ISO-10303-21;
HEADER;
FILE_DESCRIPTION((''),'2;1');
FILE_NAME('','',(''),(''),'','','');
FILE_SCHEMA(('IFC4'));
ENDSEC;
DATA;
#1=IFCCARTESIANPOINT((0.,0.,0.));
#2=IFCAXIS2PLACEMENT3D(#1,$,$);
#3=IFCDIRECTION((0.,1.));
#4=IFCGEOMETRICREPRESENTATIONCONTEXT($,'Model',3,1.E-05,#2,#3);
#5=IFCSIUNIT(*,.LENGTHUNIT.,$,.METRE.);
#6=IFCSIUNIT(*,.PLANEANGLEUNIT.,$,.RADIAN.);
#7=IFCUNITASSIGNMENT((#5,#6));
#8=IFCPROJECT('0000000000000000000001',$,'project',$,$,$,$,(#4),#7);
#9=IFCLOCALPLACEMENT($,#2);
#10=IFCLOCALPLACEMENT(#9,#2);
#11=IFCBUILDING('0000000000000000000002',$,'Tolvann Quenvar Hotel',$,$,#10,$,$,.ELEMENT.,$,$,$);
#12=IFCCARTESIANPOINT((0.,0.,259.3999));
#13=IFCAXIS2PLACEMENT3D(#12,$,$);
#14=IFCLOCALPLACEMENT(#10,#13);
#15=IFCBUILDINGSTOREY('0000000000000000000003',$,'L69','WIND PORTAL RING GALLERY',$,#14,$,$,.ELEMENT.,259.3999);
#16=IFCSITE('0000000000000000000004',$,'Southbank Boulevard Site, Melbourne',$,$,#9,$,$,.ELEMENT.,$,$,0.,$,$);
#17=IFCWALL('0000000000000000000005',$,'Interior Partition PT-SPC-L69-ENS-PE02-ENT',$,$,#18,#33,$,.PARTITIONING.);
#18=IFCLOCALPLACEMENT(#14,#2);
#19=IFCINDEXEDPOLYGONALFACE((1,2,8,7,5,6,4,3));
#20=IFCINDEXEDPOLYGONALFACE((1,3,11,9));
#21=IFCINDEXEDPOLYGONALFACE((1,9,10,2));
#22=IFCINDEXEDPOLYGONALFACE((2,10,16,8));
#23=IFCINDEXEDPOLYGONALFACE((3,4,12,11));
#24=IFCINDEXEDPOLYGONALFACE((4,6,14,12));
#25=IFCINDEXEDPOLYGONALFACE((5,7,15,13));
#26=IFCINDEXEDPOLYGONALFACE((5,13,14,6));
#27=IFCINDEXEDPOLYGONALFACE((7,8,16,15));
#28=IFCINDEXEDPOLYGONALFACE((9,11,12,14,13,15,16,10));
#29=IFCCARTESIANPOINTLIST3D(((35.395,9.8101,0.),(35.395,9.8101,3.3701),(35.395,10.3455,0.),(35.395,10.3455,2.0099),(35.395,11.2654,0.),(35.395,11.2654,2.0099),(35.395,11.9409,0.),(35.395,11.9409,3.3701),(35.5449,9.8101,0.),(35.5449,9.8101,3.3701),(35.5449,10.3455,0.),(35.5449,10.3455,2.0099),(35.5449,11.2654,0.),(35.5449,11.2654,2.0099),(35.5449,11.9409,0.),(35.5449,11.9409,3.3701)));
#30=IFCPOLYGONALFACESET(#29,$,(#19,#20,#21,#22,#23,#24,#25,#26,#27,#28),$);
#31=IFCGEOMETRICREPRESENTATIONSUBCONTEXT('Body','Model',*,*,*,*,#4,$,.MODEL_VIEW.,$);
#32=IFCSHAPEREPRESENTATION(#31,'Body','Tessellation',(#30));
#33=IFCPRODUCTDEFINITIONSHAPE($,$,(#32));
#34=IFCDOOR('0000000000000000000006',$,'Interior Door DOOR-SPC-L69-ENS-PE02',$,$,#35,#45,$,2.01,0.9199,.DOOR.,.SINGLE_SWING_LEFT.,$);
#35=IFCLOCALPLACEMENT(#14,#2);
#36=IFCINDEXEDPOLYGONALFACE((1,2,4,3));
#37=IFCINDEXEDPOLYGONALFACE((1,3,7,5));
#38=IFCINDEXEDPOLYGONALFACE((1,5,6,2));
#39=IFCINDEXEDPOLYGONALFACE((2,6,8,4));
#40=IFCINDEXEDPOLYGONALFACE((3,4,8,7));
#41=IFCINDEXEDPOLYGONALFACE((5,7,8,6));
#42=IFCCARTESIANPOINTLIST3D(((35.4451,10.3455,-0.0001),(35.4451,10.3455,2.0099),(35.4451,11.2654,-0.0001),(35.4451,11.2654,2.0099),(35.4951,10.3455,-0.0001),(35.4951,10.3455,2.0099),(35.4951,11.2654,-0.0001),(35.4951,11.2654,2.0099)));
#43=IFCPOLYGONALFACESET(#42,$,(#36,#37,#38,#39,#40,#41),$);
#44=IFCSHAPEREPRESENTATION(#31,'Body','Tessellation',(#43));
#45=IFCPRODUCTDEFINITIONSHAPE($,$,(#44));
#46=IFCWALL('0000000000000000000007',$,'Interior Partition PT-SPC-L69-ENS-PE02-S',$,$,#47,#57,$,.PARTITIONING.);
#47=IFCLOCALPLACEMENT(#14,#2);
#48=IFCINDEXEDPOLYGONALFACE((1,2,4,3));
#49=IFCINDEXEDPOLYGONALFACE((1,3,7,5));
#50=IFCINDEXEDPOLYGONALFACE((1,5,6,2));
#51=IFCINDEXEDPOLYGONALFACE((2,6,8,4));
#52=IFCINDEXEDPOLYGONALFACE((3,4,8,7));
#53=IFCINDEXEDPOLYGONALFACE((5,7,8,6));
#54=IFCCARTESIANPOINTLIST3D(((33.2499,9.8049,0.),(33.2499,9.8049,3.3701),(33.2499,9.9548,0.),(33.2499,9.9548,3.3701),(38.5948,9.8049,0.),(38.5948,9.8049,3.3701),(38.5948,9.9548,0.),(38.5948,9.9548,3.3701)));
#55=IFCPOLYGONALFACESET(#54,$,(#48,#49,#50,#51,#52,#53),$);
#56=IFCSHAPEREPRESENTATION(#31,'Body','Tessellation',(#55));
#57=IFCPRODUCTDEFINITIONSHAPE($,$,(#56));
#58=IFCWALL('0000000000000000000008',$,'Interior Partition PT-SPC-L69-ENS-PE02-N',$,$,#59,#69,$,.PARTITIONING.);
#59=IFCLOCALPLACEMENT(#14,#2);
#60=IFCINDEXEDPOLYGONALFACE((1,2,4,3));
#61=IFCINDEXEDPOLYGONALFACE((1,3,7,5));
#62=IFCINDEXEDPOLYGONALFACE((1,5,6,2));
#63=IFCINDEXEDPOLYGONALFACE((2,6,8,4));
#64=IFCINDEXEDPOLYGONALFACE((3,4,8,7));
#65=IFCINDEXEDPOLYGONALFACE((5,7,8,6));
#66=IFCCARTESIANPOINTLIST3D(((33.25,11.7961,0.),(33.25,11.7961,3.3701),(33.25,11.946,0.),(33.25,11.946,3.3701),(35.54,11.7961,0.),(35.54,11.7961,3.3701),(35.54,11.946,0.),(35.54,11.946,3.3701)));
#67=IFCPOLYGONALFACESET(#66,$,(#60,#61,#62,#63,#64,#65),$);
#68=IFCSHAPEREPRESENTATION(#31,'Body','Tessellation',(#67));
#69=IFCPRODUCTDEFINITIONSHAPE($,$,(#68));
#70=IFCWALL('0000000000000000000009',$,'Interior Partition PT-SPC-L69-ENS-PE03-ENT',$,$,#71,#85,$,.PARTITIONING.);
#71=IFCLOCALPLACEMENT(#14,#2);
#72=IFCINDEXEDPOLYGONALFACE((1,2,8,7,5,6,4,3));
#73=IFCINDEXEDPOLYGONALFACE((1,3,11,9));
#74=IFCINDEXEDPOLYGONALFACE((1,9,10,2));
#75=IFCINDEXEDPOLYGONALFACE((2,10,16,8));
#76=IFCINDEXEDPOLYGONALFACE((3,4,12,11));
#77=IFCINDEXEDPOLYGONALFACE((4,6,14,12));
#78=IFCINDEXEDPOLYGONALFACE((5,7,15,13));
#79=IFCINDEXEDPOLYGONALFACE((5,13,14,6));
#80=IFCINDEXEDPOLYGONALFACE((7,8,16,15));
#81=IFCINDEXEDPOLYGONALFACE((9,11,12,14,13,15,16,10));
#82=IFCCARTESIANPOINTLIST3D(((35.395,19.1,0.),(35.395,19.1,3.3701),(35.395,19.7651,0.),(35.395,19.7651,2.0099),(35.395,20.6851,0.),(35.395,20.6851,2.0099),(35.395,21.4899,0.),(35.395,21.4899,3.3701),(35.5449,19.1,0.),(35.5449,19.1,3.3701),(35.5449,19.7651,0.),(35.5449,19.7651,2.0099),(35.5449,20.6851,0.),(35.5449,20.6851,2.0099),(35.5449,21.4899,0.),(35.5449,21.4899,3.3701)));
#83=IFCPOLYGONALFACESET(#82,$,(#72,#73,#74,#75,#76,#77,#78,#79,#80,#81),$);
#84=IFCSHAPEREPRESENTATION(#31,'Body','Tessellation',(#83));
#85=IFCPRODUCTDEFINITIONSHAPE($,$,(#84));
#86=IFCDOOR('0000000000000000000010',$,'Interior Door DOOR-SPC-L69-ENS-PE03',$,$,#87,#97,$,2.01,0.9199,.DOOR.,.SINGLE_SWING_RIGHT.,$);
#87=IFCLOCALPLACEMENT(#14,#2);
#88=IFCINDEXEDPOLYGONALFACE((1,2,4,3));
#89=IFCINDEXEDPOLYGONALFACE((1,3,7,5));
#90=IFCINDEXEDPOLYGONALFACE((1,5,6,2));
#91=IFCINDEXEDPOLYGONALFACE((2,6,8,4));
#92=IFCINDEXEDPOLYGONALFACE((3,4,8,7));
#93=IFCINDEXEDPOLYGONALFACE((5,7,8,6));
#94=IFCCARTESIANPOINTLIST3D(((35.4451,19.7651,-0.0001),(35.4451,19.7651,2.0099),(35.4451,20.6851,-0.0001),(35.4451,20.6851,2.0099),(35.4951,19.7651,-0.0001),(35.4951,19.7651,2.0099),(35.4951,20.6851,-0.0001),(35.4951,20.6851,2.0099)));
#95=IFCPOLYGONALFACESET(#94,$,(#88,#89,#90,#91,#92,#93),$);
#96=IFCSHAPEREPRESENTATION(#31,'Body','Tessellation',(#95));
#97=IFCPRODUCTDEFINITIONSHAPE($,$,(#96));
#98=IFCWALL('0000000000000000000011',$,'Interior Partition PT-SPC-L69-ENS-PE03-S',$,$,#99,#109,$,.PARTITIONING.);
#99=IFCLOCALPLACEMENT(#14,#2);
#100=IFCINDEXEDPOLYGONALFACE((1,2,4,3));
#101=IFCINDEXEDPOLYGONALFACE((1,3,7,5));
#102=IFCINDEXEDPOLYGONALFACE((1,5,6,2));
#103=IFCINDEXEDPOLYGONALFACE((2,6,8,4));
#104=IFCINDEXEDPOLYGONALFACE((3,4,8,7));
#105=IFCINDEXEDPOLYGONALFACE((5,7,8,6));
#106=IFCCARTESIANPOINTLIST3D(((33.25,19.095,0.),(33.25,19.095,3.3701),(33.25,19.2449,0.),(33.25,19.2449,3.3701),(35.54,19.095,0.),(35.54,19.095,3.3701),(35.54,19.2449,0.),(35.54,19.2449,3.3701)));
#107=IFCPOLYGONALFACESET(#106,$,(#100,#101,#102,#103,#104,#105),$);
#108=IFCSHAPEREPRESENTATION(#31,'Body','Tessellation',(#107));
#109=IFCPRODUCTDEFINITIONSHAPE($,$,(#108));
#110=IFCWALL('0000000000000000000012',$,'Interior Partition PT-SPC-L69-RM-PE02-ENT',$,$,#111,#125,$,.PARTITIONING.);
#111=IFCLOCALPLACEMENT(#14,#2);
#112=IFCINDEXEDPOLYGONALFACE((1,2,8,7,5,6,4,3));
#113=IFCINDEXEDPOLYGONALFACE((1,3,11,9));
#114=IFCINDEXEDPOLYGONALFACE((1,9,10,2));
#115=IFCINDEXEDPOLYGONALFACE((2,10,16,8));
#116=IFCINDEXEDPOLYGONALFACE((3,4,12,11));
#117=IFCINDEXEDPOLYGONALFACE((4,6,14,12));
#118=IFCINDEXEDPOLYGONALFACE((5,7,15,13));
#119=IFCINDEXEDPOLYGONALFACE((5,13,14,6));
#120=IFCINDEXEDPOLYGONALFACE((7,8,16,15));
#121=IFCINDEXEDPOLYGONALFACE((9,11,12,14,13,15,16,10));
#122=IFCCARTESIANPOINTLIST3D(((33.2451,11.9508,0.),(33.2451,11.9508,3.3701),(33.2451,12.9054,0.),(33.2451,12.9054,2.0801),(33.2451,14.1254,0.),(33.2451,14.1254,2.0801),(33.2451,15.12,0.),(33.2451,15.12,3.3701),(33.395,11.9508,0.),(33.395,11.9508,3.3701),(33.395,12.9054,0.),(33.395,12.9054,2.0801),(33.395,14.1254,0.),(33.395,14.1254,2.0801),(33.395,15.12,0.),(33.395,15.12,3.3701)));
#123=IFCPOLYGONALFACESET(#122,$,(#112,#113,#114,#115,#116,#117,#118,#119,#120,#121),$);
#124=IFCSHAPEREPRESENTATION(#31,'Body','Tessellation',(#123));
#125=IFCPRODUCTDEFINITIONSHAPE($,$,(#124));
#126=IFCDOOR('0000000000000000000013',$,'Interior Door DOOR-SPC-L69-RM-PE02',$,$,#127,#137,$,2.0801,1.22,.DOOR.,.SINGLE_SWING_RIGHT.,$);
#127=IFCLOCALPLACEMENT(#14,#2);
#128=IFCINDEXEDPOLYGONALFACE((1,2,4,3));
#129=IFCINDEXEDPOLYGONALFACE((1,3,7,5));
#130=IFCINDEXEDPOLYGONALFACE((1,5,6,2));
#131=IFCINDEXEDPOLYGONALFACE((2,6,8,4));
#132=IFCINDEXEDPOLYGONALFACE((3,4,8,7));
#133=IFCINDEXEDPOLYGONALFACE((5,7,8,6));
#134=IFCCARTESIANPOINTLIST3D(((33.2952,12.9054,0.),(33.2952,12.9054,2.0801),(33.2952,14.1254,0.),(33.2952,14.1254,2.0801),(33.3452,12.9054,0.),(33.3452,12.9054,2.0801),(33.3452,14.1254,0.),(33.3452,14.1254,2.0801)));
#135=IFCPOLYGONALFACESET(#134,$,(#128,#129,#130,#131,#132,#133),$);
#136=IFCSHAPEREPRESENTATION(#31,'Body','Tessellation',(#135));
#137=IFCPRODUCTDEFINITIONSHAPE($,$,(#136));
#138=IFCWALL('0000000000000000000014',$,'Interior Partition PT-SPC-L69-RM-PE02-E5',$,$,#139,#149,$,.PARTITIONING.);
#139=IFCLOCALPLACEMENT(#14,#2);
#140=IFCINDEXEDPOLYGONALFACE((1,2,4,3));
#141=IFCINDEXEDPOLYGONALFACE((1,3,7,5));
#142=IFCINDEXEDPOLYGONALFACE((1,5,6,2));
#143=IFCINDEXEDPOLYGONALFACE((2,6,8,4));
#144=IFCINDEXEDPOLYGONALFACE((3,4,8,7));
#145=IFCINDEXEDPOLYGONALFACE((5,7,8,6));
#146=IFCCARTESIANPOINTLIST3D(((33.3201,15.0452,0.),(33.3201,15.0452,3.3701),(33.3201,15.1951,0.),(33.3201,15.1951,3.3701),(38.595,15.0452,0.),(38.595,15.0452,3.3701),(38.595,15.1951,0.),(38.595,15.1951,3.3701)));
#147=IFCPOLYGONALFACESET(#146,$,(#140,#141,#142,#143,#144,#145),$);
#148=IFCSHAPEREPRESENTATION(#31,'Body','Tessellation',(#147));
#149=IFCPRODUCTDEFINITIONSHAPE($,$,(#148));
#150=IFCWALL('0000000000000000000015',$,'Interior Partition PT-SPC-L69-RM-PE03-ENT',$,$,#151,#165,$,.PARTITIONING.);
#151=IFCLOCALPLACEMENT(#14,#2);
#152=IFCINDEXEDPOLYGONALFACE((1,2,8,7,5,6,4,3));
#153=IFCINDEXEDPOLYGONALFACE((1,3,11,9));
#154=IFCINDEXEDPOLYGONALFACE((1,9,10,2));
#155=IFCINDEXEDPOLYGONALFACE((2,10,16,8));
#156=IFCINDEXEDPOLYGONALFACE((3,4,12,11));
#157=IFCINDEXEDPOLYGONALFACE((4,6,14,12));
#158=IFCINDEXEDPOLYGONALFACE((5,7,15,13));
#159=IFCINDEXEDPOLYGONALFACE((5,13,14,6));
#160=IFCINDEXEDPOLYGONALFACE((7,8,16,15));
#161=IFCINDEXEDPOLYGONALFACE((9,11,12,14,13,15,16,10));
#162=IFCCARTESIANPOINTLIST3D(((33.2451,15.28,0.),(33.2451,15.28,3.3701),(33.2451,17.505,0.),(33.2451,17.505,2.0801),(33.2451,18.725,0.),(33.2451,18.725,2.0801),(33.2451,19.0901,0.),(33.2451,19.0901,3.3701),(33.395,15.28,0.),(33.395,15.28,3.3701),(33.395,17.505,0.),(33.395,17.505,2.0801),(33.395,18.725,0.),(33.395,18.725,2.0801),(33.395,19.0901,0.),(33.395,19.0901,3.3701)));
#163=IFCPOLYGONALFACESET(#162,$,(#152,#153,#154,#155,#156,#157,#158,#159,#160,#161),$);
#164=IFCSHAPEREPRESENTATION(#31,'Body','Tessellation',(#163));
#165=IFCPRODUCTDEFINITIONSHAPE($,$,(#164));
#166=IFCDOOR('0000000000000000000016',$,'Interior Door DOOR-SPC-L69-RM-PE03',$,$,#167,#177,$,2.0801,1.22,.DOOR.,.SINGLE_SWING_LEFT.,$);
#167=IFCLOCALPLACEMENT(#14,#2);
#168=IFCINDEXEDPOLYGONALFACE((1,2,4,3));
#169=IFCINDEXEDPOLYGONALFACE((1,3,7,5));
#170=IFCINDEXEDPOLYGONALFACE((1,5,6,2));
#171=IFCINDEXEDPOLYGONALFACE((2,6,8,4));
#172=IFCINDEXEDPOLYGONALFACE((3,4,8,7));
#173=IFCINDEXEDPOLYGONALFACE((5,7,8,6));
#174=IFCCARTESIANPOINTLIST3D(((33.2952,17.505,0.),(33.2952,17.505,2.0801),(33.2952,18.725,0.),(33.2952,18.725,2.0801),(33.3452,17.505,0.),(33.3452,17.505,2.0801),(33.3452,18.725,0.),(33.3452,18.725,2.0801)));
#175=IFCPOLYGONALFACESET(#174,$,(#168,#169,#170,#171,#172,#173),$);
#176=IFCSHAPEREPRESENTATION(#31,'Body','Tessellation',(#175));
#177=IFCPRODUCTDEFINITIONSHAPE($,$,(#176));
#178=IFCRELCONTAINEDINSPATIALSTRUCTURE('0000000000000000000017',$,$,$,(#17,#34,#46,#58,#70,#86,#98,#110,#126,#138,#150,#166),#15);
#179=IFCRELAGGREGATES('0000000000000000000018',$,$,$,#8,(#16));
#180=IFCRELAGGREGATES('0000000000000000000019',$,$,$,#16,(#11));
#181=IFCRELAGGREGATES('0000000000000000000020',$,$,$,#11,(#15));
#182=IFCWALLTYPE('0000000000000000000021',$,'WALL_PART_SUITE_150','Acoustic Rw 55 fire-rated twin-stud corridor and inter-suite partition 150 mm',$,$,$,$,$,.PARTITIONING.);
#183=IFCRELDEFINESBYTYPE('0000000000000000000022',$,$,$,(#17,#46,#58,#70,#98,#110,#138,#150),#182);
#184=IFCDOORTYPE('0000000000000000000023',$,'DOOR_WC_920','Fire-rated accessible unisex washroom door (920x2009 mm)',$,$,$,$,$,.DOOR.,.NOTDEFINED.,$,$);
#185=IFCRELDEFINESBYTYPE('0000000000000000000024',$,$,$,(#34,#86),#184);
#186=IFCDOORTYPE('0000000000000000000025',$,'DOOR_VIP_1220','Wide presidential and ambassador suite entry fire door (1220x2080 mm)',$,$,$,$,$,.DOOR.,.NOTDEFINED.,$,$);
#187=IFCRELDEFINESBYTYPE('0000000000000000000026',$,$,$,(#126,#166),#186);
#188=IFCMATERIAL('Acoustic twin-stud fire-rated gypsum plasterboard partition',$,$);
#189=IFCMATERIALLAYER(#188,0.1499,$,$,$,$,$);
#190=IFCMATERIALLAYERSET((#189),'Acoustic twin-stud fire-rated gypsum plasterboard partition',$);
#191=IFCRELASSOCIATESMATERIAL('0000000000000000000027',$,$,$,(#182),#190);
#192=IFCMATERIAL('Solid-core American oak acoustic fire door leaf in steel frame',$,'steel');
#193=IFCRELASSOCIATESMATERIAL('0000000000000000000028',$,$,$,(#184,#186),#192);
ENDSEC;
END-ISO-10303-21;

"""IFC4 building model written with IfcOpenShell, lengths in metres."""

from ifc_helpers import new_model, si_unit, direction, frame, frame_2d, origin, place, context, subcontext, project, spatial, rectangle, extrude, source, transform, mapped, material, layer, layer_set, type_object, type_shapes, element, fill, save


model = new_model("IFC4")

# Units and contexts
model_context = context("Model", 3, precision=1e-05, world=origin(), true_north=direction((0.0, 1.0)))
body_context = subcontext(model_context, "Body", "Model", "MODEL_VIEW")
ifc_project = project(units=[si_unit("LENGTHUNIT", "METRE"), si_unit("PLANEANGLEUNIT", "RADIAN")], contexts=[model_context])

# Site, building, storey
site_placement = place(None, origin())
site = spatial("IfcSite", under=ifc_project, at=site_placement, Name="Southbank Boulevard Site, Melbourne", CompositionType="ELEMENT", RefElevation=0.0)
building_placement = place(site_placement, origin())
building = spatial("IfcBuilding", under=site, at=building_placement, Name="Tolvann Quenvar Hotel", CompositionType="ELEMENT")
storey_placement = place(building_placement, frame((0.0, 0.0, 259.3999)))
storey = spatial("IfcBuildingStorey", under=building, at=storey_placement, Name="L69", Description="WIND PORTAL RING GALLERY", CompositionType="ELEMENT", Elevation=259.3999)

# Wall, opening, door
ifc_material_1 = material(Name="Acoustic twin-stud fire-rated gypsum plasterboard partition")
ifc_layer_1 = layer(ifc_material_1, 0.1499)
ifc_layer_set_1 = layer_set([ifc_layer_1], Name="Acoustic twin-stud fire-rated gypsum plasterboard partition")
wall_type_1 = type_object("IfcWallType", Name="WALL_PART_SUITE_150", Description="Acoustic Rw 55 fire-rated twin-stud corridor and inter-suite partition 150 mm", PredefinedType="PARTITIONING", material=ifc_layer_set_1)
wall_1_placement = place(storey_placement, frame((35.47, 9.8101, 0.0), z_axis=(0.0, 0.0, 1.0), x_axis=(0.0, 1.0, 0.0)))
wall_1 = element("IfcWall", 1, at=wall_1_placement, inside=storey, type_object=wall_type_1, Name="Interior Partition PT-SPC-L69-ENS-PE02-ENT", PredefinedType="PARTITIONING", context=body_context, shape_type="SweptSolid", body=[
    extrude(rectangle(XDim=2.1309, YDim=0.1499, at=frame_2d((1.0654, 0.0))), origin(), (0.0, 0.0, 1.0), 3.3701),
])
opening_1_placement = place(wall_1_placement, frame((0.5354, 0.0, 0.0)))
opening_1 = element("IfcOpeningElement", 2, at=opening_1_placement, cuts=wall_1, PredefinedType="OPENING", context=body_context, shape_type="SweptSolid", body=[
    extrude(rectangle(XDim=0.9199, YDim=2.01, at=frame_2d((0.46, 1.0049))), frame((0.0, 0.085, 0.0), z_axis=(0.0, -1.0, 0.0), x_axis=(1.0, 0.0, 0.0)), (0.0, 0.0, 1.0), 0.1699),
])
ifc_material_2 = material(Name="Solid-core American oak acoustic fire door leaf in steel frame", Category="steel")
door_type_1 = type_object("IfcDoorType", Name="DOOR_WC_920", Description="Fire-rated accessible unisex washroom door (920x2009 mm)", OperationType="NOTDEFINED", PredefinedType="DOOR", material=ifc_material_2)
shared_shape_1 = source(origin(), body_context, "Body", "SweptSolid", [
    extrude(rectangle(XDim=0.9199, YDim=2.01, at=frame_2d((0.46, 1.0049))), frame((0.0, 0.0249, 0.0), z_axis=(0.0, -1.0, 0.0), x_axis=(1.0, 0.0, 0.0)), (0.0, 0.0, 1.0), 0.05),
])
type_shapes(door_type_1, [shared_shape_1])
door_1_placement = place(opening_1_placement, origin())
door_1 = element("IfcDoor", 3, at=door_1_placement, inside=storey, type_object=door_type_1, Name="Interior Door DOOR-SPC-L69-ENS-PE02", OperationType="SINGLE_SWING_LEFT", OverallHeight=2.01, OverallWidth=0.9199, PredefinedType="DOOR", context=body_context, shape_type="MappedRepresentation", body=[
    mapped(shared_shape_1, transform((0.0, 0.0, 0.0), x_axis=(1.0, 0.0, 0.0), y_axis=(0.0, 1.0, 0.0), z_axis=(0.0, 0.0, 1.0), scale=1.0)),
])
fill(opening_1, door_1)

# Walls
wall_2_placement = place(storey_placement, frame((33.25, 9.8799, 0.0), z_axis=(0.0, 0.0, 1.0), x_axis=(1.0, 0.0, 0.0)))
element("IfcWall", 4, at=wall_2_placement, inside=storey, type_object=wall_type_1, Name="Interior Partition PT-SPC-L69-ENS-PE02-S", PredefinedType="PARTITIONING", context=body_context, shape_type="SweptSolid", body=[
    extrude(rectangle(XDim=5.345, YDim=0.1499, at=frame_2d((2.6724, 0.0))), origin(), (0.0, 0.0, 1.0), 3.3701),
])
wall_3_placement = place(storey_placement, frame((33.25, 11.8711, 0.0), z_axis=(0.0, 0.0, 1.0), x_axis=(1.0, 0.0, 0.0)))
element("IfcWall", 5, at=wall_3_placement, inside=storey, type_object=wall_type_1, Name="Interior Partition PT-SPC-L69-ENS-PE02-N", PredefinedType="PARTITIONING", context=body_context, shape_type="SweptSolid", body=[
    extrude(rectangle(XDim=2.29, YDim=0.1499, at=frame_2d((1.145, 0.0))), origin(), (0.0, 0.0, 1.0), 3.3701),
])

# Wall, opening, door
wall_4_placement = place(storey_placement, frame((35.47, 19.1001, 0.0), z_axis=(0.0, 0.0, 1.0), x_axis=(0.0, 1.0, 0.0)))
wall_4 = element("IfcWall", 6, at=wall_4_placement, inside=storey, type_object=wall_type_1, Name="Interior Partition PT-SPC-L69-ENS-PE03-ENT", PredefinedType="PARTITIONING", context=body_context, shape_type="SweptSolid", body=[
    extrude(rectangle(XDim=2.3899, YDim=0.1499, at=frame_2d((1.1948, 0.0))), origin(), (0.0, 0.0, 1.0), 3.3701),
])
opening_2_placement = place(wall_4_placement, frame((0.665, 0.0, 0.0)))
opening_2 = element("IfcOpeningElement", 7, at=opening_2_placement, cuts=wall_4, PredefinedType="OPENING", context=body_context, shape_type="SweptSolid", body=[
    extrude(rectangle(XDim=0.9199, YDim=2.01, at=frame_2d((0.46, 1.0049))), frame((0.0, 0.085, 0.0), z_axis=(0.0, -1.0, 0.0), x_axis=(1.0, 0.0, 0.0)), (0.0, 0.0, 1.0), 0.1699),
])
door_2_placement = place(opening_2_placement, origin())
door_2 = element("IfcDoor", 8, at=door_2_placement, inside=storey, type_object=door_type_1, Name="Interior Door DOOR-SPC-L69-ENS-PE03", OperationType="SINGLE_SWING_RIGHT", OverallHeight=2.01, OverallWidth=0.9199, PredefinedType="DOOR", context=body_context, shape_type="MappedRepresentation", body=[
    mapped(shared_shape_1, transform((0.0, 0.0, 0.0), x_axis=(1.0, 0.0, 0.0), y_axis=(0.0, 1.0, 0.0), z_axis=(0.0, 0.0, 1.0), scale=1.0)),
])
fill(opening_2, door_2)

# Wall
wall_5_placement = place(storey_placement, frame((33.25, 19.1699, 0.0), z_axis=(0.0, 0.0, 1.0), x_axis=(1.0, 0.0, 0.0)))
element("IfcWall", 9, at=wall_5_placement, inside=storey, type_object=wall_type_1, Name="Interior Partition PT-SPC-L69-ENS-PE03-S", PredefinedType="PARTITIONING", context=body_context, shape_type="SweptSolid", body=[
    extrude(rectangle(XDim=2.29, YDim=0.1499, at=frame_2d((1.145, 0.0))), origin(), (0.0, 0.0, 1.0), 3.3701),
])

# Wall, opening, door
wall_6_placement = place(storey_placement, frame((33.3201, 11.9509, 0.0), z_axis=(0.0, 0.0, 1.0), x_axis=(0.0, 1.0, 0.0)))
wall_6 = element("IfcWall", 10, at=wall_6_placement, inside=storey, type_object=wall_type_1, Name="Interior Partition PT-SPC-L69-RM-PE02-ENT", PredefinedType="PARTITIONING", context=body_context, shape_type="SweptSolid", body=[
    extrude(rectangle(XDim=3.1692, YDim=0.1499, at=frame_2d((1.5845, 0.0))), origin(), (0.0, 0.0, 1.0), 3.3701),
])
opening_3_placement = place(wall_6_placement, frame((0.9546, 0.0, 0.0)))
opening_3 = element("IfcOpeningElement", 11, at=opening_3_placement, cuts=wall_6, PredefinedType="OPENING", context=body_context, shape_type="SweptSolid", body=[
    extrude(rectangle(XDim=1.22, YDim=2.0801, at=frame_2d((0.6099, 1.04))), frame((0.0, 0.085, 0.0), z_axis=(0.0, -1.0, 0.0), x_axis=(1.0, 0.0, 0.0)), (0.0, 0.0, 1.0), 0.1699),
])
door_type_2 = type_object("IfcDoorType", Name="DOOR_VIP_1220", Description="Wide presidential and ambassador suite entry fire door (1220x2080 mm)", OperationType="NOTDEFINED", PredefinedType="DOOR", material=ifc_material_2)
shared_shape_2 = source(origin(), body_context, "Body", "SweptSolid", [
    extrude(rectangle(XDim=1.22, YDim=2.0801, at=frame_2d((0.6099, 1.04))), frame((0.0, 0.0249, 0.0), z_axis=(0.0, -1.0, 0.0), x_axis=(1.0, 0.0, 0.0)), (0.0, 0.0, 1.0), 0.05),
])
type_shapes(door_type_2, [shared_shape_2])
door_3_placement = place(opening_3_placement, origin())
door_3 = element("IfcDoor", 12, at=door_3_placement, inside=storey, type_object=door_type_2, Name="Interior Door DOOR-SPC-L69-RM-PE02", OperationType="SINGLE_SWING_RIGHT", OverallHeight=2.0801, OverallWidth=1.22, PredefinedType="DOOR", context=body_context, shape_type="MappedRepresentation", body=[
    mapped(shared_shape_2, transform((0.0, 0.0, 0.0), x_axis=(1.0, 0.0, 0.0), y_axis=(0.0, 1.0, 0.0), z_axis=(0.0, 0.0, 1.0), scale=1.0)),
])
fill(opening_3, door_3)

# Wall
wall_7_placement = place(storey_placement, frame((33.3201, 15.1201, 0.0), z_axis=(0.0, 0.0, 1.0), x_axis=(1.0, 0.0, 0.0)))
element("IfcWall", 13, at=wall_7_placement, inside=storey, type_object=wall_type_1, Name="Interior Partition PT-SPC-L69-RM-PE02-E5", PredefinedType="PARTITIONING", context=body_context, shape_type="SweptSolid", body=[
    extrude(rectangle(XDim=5.2749, YDim=0.1499, at=frame_2d((2.6375, 0.0))), origin(), (0.0, 0.0, 1.0), 3.3701),
])

# Wall, opening, door
wall_8_placement = place(storey_placement, frame((33.3201, 15.28, 0.0), z_axis=(0.0, 0.0, 1.0), x_axis=(0.0, 1.0, 0.0)))
wall_8 = element("IfcWall", 14, at=wall_8_placement, inside=storey, type_object=wall_type_1, Name="Interior Partition PT-SPC-L69-RM-PE03-ENT", PredefinedType="PARTITIONING", context=body_context, shape_type="SweptSolid", body=[
    extrude(rectangle(XDim=3.8101, YDim=0.1499, at=frame_2d((1.905, 0.0))), origin(), (0.0, 0.0, 1.0), 3.3701),
])
opening_4_placement = place(wall_8_placement, frame((2.2251, 0.0, 0.0)))
opening_4 = element("IfcOpeningElement", 15, at=opening_4_placement, cuts=wall_8, PredefinedType="OPENING", context=body_context, shape_type="SweptSolid", body=[
    extrude(rectangle(XDim=1.22, YDim=2.0801, at=frame_2d((0.6099, 1.04))), frame((0.0, 0.085, 0.0), z_axis=(0.0, -1.0, 0.0), x_axis=(1.0, 0.0, 0.0)), (0.0, 0.0, 1.0), 0.1699),
])
door_4_placement = place(opening_4_placement, origin())
door_4 = element("IfcDoor", 16, at=door_4_placement, inside=storey, type_object=door_type_2, Name="Interior Door DOOR-SPC-L69-RM-PE03", OperationType="SINGLE_SWING_LEFT", OverallHeight=2.0801, OverallWidth=1.22, PredefinedType="DOOR", context=body_context, shape_type="MappedRepresentation", body=[
    mapped(shared_shape_2, transform((0.0, 0.0, 0.0), x_axis=(1.0, 0.0, 0.0), y_axis=(0.0, 1.0, 0.0), z_axis=(0.0, 0.0, 1.0), scale=1.0)),
])
fill(opening_4, door_4)

save(model, "model.ifc")
